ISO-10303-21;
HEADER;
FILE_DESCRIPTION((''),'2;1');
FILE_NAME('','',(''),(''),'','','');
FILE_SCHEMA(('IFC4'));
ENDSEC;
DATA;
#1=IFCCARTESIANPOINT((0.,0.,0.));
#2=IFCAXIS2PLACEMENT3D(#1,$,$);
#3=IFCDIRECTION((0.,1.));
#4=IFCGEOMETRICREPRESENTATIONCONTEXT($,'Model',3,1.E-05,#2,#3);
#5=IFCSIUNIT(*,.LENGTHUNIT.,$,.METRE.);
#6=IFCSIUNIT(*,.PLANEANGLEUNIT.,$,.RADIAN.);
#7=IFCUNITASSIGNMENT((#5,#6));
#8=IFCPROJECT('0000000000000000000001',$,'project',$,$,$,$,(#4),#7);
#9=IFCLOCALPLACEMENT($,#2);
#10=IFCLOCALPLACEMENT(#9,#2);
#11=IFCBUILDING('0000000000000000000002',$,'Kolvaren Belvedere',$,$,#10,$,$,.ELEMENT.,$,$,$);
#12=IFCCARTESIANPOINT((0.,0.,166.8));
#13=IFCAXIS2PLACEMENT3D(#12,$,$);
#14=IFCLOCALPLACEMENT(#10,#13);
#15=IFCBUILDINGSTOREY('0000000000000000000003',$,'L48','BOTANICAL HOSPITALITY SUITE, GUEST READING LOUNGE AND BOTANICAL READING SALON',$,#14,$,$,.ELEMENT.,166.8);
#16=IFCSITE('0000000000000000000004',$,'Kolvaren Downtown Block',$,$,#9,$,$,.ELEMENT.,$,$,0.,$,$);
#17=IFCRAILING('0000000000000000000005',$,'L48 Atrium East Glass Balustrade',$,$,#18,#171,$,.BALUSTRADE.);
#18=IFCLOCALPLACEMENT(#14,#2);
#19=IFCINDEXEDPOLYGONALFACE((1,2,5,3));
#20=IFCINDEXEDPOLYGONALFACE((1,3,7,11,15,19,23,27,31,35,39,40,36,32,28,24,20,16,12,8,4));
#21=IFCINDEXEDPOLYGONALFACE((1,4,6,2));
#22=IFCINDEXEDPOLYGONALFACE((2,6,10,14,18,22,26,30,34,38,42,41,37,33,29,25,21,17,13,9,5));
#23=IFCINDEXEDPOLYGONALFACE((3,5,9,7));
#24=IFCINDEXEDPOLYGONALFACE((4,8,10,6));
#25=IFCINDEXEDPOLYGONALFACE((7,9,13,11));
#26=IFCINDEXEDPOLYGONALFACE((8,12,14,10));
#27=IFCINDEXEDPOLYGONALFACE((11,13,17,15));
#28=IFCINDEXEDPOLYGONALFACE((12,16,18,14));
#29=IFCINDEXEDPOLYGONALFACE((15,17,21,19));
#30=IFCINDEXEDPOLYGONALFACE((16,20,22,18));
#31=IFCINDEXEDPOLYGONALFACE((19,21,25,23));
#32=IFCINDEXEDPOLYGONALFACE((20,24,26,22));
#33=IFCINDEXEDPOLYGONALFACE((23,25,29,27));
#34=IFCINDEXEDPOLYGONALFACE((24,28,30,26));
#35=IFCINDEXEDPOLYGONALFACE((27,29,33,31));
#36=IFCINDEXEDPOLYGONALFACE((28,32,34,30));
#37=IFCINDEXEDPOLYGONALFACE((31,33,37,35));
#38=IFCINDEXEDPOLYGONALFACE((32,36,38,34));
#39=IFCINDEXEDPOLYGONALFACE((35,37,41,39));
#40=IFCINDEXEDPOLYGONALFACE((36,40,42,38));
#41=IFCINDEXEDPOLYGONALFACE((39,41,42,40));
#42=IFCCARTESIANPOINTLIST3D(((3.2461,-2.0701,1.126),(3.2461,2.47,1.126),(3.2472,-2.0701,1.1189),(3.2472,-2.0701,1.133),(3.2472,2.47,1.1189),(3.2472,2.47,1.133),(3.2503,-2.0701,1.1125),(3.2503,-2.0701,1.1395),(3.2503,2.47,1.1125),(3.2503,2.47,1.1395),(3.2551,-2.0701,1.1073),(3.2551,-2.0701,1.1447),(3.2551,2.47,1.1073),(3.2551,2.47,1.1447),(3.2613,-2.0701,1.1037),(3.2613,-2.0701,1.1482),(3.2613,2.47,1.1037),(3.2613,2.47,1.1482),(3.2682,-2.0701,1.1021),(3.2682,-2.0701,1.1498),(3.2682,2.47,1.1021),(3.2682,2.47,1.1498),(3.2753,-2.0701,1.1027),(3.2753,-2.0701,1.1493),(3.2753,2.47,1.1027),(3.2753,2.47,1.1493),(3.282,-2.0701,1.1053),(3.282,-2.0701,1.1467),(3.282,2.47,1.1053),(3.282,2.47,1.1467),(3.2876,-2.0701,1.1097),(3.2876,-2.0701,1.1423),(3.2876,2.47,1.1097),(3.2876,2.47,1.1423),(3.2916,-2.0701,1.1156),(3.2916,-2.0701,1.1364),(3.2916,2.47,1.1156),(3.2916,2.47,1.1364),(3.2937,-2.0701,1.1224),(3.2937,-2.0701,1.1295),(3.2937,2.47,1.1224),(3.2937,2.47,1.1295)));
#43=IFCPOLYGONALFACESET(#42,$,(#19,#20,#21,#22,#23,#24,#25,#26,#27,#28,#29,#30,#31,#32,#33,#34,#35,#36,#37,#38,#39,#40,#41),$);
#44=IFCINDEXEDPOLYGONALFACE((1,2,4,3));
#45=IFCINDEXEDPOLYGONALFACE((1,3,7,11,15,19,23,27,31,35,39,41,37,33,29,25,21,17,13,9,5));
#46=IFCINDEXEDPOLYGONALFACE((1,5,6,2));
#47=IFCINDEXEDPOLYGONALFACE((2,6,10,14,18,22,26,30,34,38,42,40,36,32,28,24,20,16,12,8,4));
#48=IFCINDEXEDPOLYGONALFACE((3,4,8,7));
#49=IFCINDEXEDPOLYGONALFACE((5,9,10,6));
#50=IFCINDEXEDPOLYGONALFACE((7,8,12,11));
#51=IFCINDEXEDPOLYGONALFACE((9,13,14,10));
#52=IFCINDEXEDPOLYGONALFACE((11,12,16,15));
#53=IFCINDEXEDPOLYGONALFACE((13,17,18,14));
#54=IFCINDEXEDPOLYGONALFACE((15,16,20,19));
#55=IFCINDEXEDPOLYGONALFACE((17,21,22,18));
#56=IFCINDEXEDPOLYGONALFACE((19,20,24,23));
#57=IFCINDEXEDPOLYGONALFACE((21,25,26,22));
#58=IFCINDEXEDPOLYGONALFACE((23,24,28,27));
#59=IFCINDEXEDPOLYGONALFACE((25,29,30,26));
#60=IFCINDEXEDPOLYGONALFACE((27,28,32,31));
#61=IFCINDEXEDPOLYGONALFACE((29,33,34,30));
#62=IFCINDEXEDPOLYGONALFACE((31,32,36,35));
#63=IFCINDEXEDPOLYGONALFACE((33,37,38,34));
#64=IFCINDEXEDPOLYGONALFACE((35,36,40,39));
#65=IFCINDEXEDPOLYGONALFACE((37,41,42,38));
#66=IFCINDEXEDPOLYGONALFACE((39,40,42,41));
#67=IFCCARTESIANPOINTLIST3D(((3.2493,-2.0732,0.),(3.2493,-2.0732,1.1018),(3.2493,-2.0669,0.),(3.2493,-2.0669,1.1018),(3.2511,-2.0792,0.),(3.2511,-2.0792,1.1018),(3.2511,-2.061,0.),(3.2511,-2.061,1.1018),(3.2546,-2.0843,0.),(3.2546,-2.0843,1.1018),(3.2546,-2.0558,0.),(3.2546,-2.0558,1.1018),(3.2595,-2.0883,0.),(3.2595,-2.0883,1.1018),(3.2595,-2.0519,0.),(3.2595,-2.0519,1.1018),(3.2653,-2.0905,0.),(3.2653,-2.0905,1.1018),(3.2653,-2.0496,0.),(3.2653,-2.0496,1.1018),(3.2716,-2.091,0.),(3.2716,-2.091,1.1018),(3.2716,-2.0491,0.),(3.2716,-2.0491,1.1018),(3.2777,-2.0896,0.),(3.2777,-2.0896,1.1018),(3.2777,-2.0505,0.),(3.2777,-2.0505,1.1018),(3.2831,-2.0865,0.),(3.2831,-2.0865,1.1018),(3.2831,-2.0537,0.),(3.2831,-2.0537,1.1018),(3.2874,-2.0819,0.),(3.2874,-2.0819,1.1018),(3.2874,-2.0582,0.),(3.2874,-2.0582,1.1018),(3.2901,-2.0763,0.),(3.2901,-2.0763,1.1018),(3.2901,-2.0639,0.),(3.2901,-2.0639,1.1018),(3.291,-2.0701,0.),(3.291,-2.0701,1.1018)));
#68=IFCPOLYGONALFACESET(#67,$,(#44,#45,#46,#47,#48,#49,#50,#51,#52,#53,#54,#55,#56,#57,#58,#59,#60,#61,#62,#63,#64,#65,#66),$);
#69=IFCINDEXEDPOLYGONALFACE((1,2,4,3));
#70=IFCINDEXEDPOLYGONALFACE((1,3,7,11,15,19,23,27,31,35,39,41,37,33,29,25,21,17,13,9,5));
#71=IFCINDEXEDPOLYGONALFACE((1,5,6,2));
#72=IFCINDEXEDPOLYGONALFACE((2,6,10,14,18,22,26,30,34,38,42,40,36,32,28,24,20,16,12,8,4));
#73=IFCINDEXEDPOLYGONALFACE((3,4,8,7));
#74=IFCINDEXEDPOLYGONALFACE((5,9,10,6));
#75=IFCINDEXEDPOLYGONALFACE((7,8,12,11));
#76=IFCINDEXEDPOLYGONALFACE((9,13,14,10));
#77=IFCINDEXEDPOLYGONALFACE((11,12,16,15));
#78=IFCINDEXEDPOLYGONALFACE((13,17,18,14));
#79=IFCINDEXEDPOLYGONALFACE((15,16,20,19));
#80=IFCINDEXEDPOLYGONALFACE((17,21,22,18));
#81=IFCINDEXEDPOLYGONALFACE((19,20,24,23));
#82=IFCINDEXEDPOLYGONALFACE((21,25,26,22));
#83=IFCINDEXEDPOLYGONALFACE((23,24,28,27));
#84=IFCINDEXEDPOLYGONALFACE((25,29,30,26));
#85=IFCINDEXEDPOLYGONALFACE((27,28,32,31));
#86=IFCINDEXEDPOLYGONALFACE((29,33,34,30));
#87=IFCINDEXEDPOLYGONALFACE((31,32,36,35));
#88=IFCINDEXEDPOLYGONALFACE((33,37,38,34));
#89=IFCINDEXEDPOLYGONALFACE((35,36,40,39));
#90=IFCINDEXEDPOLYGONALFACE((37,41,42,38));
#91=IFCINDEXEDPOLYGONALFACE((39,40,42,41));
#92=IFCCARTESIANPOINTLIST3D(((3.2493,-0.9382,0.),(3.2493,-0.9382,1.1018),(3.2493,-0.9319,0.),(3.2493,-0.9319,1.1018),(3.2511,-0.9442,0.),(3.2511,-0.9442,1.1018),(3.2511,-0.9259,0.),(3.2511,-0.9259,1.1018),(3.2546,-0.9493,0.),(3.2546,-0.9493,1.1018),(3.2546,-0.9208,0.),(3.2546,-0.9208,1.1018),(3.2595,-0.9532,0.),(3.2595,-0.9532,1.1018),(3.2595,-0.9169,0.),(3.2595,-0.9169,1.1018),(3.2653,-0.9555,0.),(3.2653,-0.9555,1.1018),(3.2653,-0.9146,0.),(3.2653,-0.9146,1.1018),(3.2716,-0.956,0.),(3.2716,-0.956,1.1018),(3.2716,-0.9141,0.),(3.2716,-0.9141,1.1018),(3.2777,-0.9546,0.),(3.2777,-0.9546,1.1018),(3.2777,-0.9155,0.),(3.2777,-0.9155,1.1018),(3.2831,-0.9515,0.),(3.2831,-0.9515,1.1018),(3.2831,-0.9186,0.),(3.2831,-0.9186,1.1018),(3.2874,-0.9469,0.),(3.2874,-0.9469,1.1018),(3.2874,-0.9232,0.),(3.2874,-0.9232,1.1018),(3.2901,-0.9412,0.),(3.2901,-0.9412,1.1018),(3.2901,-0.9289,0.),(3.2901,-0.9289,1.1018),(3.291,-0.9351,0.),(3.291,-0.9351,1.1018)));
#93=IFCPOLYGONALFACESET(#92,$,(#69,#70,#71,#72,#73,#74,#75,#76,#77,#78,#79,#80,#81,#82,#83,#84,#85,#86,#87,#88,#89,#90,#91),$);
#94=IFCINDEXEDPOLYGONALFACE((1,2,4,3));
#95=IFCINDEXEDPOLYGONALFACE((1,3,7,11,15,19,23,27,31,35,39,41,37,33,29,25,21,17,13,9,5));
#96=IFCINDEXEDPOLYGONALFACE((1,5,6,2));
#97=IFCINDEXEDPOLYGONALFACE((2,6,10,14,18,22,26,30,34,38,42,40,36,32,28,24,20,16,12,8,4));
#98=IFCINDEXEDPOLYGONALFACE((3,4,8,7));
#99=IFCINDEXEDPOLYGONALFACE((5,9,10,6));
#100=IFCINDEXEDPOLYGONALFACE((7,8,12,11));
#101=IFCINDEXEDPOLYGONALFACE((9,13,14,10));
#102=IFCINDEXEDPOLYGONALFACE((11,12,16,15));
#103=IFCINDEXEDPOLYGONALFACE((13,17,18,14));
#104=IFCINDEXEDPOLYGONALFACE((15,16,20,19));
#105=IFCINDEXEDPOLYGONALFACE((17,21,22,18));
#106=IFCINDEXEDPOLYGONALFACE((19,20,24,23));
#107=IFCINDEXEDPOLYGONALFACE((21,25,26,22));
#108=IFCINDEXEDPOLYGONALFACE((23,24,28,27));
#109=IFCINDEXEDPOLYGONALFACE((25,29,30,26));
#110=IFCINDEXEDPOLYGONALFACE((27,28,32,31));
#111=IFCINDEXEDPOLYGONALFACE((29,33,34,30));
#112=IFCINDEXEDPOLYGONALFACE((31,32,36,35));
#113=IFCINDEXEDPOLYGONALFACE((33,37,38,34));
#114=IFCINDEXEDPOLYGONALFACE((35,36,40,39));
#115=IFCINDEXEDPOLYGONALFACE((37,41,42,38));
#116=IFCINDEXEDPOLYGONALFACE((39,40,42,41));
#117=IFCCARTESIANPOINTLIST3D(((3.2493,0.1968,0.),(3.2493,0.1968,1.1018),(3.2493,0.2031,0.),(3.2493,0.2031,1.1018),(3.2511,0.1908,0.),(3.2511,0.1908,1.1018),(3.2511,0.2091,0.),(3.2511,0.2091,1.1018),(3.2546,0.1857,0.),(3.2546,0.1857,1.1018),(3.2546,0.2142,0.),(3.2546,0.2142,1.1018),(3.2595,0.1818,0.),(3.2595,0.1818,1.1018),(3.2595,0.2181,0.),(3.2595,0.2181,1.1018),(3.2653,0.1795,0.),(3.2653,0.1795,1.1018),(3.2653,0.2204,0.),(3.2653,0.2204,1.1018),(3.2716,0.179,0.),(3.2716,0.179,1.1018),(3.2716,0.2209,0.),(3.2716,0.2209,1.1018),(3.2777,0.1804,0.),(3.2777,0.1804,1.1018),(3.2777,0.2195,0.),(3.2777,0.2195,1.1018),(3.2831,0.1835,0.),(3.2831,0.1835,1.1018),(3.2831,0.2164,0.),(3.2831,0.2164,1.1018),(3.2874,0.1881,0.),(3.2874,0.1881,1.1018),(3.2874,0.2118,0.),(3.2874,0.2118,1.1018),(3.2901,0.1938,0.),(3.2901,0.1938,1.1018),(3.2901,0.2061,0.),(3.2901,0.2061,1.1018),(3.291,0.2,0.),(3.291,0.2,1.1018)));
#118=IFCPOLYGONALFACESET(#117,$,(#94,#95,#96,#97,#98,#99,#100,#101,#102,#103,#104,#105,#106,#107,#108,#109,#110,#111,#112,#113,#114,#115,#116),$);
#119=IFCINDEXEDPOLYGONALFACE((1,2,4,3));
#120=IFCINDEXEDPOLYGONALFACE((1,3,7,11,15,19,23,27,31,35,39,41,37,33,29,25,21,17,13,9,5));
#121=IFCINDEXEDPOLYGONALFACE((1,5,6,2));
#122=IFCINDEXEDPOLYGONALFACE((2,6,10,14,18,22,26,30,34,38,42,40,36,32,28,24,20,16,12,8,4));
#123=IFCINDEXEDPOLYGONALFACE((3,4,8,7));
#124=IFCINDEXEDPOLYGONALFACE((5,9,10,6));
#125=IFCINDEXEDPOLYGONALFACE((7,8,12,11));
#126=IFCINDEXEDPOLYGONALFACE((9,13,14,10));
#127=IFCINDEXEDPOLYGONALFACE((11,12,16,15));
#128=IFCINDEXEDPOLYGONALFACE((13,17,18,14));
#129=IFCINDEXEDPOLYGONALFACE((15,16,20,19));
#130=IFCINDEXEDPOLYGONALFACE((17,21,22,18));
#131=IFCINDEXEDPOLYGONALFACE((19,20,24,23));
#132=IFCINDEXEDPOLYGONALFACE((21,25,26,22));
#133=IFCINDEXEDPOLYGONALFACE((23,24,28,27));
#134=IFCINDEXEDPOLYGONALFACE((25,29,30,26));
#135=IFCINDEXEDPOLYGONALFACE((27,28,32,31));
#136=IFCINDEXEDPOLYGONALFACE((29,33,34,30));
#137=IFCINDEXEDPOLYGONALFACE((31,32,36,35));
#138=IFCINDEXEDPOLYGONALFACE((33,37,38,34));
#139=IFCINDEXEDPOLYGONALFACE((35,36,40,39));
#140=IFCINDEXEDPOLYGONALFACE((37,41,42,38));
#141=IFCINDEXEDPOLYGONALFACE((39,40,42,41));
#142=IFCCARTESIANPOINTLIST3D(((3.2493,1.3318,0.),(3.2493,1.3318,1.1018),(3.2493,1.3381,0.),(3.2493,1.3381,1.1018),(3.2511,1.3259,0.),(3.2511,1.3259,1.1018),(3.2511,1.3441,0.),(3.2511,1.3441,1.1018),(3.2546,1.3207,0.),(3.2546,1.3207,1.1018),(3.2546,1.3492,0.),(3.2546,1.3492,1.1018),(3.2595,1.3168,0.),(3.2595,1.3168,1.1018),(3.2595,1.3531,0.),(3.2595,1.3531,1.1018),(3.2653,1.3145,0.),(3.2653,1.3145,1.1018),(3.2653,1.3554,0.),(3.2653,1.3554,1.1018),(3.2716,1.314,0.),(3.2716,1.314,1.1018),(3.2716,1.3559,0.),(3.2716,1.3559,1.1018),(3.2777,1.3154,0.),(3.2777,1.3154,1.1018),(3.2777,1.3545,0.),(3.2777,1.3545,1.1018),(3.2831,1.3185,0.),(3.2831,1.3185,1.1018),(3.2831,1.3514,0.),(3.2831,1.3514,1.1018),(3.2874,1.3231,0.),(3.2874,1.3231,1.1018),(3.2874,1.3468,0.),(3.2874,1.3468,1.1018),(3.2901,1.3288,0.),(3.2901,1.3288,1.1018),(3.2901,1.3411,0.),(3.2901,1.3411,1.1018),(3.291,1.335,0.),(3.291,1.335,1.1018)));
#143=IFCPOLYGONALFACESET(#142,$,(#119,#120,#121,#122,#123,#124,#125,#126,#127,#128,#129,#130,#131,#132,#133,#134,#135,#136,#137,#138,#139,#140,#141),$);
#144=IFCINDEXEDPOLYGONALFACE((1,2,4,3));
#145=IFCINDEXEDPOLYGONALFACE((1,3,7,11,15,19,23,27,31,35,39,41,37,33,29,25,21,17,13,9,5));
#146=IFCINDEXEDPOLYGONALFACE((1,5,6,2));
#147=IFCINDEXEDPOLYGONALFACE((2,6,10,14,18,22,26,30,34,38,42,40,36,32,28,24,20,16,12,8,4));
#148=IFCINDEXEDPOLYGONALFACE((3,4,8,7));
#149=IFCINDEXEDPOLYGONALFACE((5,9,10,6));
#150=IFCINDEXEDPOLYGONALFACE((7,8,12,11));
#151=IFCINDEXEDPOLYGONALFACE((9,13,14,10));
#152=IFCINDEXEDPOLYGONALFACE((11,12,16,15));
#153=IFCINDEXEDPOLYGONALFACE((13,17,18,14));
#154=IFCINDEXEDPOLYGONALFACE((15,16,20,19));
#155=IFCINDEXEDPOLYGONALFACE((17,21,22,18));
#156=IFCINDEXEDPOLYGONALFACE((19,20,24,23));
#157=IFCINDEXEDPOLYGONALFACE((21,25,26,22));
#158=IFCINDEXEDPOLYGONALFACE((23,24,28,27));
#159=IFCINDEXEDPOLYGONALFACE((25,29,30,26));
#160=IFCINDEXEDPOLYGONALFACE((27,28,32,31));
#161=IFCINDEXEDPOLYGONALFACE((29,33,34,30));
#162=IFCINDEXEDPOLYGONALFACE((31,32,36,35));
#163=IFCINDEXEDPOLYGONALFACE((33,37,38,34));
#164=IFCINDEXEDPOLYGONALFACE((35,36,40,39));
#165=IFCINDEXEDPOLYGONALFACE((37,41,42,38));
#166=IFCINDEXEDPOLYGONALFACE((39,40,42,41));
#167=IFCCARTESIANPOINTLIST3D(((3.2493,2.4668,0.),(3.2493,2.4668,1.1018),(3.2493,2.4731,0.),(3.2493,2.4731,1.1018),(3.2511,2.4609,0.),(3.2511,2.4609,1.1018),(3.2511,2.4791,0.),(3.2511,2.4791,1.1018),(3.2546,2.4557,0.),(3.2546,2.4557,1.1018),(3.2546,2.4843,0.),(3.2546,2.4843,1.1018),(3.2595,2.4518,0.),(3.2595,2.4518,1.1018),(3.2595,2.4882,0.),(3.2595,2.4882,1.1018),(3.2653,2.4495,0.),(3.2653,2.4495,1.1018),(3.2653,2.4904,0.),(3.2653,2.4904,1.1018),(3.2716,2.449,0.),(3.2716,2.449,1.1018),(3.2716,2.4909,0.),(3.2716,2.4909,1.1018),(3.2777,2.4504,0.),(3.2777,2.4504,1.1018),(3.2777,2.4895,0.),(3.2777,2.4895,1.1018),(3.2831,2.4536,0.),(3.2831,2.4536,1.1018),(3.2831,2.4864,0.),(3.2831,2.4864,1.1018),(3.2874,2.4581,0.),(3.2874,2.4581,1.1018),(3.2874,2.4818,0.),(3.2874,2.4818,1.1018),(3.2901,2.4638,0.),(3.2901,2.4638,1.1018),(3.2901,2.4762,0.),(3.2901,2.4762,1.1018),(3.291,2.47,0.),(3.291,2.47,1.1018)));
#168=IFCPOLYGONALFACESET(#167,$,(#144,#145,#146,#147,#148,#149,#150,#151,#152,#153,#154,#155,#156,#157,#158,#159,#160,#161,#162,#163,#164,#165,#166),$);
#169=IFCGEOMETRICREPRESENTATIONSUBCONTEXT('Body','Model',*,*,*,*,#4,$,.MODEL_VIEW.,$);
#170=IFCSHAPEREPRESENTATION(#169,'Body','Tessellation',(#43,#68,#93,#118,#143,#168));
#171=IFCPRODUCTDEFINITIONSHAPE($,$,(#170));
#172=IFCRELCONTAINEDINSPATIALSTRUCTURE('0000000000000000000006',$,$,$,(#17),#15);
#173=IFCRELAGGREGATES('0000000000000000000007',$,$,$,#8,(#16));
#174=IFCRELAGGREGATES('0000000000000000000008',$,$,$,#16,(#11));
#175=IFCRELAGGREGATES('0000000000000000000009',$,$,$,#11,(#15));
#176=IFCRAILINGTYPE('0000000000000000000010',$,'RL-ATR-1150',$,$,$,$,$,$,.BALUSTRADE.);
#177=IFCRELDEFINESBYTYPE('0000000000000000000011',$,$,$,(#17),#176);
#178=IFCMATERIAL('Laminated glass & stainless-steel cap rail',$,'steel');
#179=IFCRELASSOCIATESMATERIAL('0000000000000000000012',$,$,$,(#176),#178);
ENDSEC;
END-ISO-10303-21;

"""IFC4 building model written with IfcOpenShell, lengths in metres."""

from ifc_helpers import new_model, si_unit, direction, frame, origin, origin_2d, place, context, subcontext, project, spatial, circle, extrude, material, type_object, element, save


model = new_model("IFC4")

# Units and contexts
model_context = context("Model", 3, precision=1e-05, world=origin(), true_north=direction((0.0, 1.0)))
body_context = subcontext(model_context, "Body", "Model", "MODEL_VIEW")
ifc_project = project(units=[si_unit("LENGTHUNIT", "METRE"), si_unit("PLANEANGLEUNIT", "RADIAN")], contexts=[model_context])

# Site, building, storey
site_placement = place(None, origin())
site = spatial("IfcSite", under=ifc_project, at=site_placement, Name="Kolvaren Downtown Block", CompositionType="ELEMENT", RefElevation=0.0)
building_placement = place(site_placement, origin())
building = spatial("IfcBuilding", under=site, at=building_placement, Name="Kolvaren Belvedere", CompositionType="ELEMENT")
storey_placement = place(building_placement, frame((0.0, 0.0, 166.8)))
storey = spatial("IfcBuildingStorey", under=building, at=storey_placement, Name="L48", Description="BOTANICAL HOSPITALITY SUITE, GUEST READING LOUNGE AND BOTANICAL READING SALON", CompositionType="ELEMENT", Elevation=166.8)

# Railing
ifc_material_1 = material(Name="Laminated glass & stainless-steel cap rail", Category="steel")
railing_type = type_object("IfcRailingType", Name="RL-ATR-1150", PredefinedType="BALUSTRADE", material=ifc_material_1)
railing_placement = place(storey_placement, frame((3.27, -2.0701, 0.0)))
element("IfcRailing", 1, at=railing_placement, inside=storey, type_object=railing_type, Name="L48 Atrium East Glass Balustrade", PredefinedType="BALUSTRADE", context=body_context, shape_type="SweptSolid", body=[
    extrude(circle(Radius=0.0239, at=origin_2d()), frame((0.0, 0.0, 1.126), z_axis=(0.0, 1.0, 0.0), x_axis=(-1.0, 0.0, 0.0)), (0.0, 0.0, 1.0), 4.54),
    extrude(circle(Radius=0.021, at=origin_2d()), origin(), (0.0, 0.0, 1.0), 1.1018),
    extrude(circle(Radius=0.021, at=origin_2d()), frame((0.0, 1.135, 0.0)), (0.0, 0.0, 1.0), 1.1018),
    extrude(circle(Radius=0.021, at=origin_2d()), frame((0.0, 2.27, 0.0)), (0.0, 0.0, 1.0), 1.1018),
    extrude(circle(Radius=0.021, at=origin_2d()), frame((0.0, 3.405, 0.0)), (0.0, 0.0, 1.0), 1.1018),
    extrude(circle(Radius=0.021, at=origin_2d()), frame((0.0, 4.54, 0.0)), (0.0, 0.0, 1.0), 1.1018),
])

save(model, "model.ifc")
